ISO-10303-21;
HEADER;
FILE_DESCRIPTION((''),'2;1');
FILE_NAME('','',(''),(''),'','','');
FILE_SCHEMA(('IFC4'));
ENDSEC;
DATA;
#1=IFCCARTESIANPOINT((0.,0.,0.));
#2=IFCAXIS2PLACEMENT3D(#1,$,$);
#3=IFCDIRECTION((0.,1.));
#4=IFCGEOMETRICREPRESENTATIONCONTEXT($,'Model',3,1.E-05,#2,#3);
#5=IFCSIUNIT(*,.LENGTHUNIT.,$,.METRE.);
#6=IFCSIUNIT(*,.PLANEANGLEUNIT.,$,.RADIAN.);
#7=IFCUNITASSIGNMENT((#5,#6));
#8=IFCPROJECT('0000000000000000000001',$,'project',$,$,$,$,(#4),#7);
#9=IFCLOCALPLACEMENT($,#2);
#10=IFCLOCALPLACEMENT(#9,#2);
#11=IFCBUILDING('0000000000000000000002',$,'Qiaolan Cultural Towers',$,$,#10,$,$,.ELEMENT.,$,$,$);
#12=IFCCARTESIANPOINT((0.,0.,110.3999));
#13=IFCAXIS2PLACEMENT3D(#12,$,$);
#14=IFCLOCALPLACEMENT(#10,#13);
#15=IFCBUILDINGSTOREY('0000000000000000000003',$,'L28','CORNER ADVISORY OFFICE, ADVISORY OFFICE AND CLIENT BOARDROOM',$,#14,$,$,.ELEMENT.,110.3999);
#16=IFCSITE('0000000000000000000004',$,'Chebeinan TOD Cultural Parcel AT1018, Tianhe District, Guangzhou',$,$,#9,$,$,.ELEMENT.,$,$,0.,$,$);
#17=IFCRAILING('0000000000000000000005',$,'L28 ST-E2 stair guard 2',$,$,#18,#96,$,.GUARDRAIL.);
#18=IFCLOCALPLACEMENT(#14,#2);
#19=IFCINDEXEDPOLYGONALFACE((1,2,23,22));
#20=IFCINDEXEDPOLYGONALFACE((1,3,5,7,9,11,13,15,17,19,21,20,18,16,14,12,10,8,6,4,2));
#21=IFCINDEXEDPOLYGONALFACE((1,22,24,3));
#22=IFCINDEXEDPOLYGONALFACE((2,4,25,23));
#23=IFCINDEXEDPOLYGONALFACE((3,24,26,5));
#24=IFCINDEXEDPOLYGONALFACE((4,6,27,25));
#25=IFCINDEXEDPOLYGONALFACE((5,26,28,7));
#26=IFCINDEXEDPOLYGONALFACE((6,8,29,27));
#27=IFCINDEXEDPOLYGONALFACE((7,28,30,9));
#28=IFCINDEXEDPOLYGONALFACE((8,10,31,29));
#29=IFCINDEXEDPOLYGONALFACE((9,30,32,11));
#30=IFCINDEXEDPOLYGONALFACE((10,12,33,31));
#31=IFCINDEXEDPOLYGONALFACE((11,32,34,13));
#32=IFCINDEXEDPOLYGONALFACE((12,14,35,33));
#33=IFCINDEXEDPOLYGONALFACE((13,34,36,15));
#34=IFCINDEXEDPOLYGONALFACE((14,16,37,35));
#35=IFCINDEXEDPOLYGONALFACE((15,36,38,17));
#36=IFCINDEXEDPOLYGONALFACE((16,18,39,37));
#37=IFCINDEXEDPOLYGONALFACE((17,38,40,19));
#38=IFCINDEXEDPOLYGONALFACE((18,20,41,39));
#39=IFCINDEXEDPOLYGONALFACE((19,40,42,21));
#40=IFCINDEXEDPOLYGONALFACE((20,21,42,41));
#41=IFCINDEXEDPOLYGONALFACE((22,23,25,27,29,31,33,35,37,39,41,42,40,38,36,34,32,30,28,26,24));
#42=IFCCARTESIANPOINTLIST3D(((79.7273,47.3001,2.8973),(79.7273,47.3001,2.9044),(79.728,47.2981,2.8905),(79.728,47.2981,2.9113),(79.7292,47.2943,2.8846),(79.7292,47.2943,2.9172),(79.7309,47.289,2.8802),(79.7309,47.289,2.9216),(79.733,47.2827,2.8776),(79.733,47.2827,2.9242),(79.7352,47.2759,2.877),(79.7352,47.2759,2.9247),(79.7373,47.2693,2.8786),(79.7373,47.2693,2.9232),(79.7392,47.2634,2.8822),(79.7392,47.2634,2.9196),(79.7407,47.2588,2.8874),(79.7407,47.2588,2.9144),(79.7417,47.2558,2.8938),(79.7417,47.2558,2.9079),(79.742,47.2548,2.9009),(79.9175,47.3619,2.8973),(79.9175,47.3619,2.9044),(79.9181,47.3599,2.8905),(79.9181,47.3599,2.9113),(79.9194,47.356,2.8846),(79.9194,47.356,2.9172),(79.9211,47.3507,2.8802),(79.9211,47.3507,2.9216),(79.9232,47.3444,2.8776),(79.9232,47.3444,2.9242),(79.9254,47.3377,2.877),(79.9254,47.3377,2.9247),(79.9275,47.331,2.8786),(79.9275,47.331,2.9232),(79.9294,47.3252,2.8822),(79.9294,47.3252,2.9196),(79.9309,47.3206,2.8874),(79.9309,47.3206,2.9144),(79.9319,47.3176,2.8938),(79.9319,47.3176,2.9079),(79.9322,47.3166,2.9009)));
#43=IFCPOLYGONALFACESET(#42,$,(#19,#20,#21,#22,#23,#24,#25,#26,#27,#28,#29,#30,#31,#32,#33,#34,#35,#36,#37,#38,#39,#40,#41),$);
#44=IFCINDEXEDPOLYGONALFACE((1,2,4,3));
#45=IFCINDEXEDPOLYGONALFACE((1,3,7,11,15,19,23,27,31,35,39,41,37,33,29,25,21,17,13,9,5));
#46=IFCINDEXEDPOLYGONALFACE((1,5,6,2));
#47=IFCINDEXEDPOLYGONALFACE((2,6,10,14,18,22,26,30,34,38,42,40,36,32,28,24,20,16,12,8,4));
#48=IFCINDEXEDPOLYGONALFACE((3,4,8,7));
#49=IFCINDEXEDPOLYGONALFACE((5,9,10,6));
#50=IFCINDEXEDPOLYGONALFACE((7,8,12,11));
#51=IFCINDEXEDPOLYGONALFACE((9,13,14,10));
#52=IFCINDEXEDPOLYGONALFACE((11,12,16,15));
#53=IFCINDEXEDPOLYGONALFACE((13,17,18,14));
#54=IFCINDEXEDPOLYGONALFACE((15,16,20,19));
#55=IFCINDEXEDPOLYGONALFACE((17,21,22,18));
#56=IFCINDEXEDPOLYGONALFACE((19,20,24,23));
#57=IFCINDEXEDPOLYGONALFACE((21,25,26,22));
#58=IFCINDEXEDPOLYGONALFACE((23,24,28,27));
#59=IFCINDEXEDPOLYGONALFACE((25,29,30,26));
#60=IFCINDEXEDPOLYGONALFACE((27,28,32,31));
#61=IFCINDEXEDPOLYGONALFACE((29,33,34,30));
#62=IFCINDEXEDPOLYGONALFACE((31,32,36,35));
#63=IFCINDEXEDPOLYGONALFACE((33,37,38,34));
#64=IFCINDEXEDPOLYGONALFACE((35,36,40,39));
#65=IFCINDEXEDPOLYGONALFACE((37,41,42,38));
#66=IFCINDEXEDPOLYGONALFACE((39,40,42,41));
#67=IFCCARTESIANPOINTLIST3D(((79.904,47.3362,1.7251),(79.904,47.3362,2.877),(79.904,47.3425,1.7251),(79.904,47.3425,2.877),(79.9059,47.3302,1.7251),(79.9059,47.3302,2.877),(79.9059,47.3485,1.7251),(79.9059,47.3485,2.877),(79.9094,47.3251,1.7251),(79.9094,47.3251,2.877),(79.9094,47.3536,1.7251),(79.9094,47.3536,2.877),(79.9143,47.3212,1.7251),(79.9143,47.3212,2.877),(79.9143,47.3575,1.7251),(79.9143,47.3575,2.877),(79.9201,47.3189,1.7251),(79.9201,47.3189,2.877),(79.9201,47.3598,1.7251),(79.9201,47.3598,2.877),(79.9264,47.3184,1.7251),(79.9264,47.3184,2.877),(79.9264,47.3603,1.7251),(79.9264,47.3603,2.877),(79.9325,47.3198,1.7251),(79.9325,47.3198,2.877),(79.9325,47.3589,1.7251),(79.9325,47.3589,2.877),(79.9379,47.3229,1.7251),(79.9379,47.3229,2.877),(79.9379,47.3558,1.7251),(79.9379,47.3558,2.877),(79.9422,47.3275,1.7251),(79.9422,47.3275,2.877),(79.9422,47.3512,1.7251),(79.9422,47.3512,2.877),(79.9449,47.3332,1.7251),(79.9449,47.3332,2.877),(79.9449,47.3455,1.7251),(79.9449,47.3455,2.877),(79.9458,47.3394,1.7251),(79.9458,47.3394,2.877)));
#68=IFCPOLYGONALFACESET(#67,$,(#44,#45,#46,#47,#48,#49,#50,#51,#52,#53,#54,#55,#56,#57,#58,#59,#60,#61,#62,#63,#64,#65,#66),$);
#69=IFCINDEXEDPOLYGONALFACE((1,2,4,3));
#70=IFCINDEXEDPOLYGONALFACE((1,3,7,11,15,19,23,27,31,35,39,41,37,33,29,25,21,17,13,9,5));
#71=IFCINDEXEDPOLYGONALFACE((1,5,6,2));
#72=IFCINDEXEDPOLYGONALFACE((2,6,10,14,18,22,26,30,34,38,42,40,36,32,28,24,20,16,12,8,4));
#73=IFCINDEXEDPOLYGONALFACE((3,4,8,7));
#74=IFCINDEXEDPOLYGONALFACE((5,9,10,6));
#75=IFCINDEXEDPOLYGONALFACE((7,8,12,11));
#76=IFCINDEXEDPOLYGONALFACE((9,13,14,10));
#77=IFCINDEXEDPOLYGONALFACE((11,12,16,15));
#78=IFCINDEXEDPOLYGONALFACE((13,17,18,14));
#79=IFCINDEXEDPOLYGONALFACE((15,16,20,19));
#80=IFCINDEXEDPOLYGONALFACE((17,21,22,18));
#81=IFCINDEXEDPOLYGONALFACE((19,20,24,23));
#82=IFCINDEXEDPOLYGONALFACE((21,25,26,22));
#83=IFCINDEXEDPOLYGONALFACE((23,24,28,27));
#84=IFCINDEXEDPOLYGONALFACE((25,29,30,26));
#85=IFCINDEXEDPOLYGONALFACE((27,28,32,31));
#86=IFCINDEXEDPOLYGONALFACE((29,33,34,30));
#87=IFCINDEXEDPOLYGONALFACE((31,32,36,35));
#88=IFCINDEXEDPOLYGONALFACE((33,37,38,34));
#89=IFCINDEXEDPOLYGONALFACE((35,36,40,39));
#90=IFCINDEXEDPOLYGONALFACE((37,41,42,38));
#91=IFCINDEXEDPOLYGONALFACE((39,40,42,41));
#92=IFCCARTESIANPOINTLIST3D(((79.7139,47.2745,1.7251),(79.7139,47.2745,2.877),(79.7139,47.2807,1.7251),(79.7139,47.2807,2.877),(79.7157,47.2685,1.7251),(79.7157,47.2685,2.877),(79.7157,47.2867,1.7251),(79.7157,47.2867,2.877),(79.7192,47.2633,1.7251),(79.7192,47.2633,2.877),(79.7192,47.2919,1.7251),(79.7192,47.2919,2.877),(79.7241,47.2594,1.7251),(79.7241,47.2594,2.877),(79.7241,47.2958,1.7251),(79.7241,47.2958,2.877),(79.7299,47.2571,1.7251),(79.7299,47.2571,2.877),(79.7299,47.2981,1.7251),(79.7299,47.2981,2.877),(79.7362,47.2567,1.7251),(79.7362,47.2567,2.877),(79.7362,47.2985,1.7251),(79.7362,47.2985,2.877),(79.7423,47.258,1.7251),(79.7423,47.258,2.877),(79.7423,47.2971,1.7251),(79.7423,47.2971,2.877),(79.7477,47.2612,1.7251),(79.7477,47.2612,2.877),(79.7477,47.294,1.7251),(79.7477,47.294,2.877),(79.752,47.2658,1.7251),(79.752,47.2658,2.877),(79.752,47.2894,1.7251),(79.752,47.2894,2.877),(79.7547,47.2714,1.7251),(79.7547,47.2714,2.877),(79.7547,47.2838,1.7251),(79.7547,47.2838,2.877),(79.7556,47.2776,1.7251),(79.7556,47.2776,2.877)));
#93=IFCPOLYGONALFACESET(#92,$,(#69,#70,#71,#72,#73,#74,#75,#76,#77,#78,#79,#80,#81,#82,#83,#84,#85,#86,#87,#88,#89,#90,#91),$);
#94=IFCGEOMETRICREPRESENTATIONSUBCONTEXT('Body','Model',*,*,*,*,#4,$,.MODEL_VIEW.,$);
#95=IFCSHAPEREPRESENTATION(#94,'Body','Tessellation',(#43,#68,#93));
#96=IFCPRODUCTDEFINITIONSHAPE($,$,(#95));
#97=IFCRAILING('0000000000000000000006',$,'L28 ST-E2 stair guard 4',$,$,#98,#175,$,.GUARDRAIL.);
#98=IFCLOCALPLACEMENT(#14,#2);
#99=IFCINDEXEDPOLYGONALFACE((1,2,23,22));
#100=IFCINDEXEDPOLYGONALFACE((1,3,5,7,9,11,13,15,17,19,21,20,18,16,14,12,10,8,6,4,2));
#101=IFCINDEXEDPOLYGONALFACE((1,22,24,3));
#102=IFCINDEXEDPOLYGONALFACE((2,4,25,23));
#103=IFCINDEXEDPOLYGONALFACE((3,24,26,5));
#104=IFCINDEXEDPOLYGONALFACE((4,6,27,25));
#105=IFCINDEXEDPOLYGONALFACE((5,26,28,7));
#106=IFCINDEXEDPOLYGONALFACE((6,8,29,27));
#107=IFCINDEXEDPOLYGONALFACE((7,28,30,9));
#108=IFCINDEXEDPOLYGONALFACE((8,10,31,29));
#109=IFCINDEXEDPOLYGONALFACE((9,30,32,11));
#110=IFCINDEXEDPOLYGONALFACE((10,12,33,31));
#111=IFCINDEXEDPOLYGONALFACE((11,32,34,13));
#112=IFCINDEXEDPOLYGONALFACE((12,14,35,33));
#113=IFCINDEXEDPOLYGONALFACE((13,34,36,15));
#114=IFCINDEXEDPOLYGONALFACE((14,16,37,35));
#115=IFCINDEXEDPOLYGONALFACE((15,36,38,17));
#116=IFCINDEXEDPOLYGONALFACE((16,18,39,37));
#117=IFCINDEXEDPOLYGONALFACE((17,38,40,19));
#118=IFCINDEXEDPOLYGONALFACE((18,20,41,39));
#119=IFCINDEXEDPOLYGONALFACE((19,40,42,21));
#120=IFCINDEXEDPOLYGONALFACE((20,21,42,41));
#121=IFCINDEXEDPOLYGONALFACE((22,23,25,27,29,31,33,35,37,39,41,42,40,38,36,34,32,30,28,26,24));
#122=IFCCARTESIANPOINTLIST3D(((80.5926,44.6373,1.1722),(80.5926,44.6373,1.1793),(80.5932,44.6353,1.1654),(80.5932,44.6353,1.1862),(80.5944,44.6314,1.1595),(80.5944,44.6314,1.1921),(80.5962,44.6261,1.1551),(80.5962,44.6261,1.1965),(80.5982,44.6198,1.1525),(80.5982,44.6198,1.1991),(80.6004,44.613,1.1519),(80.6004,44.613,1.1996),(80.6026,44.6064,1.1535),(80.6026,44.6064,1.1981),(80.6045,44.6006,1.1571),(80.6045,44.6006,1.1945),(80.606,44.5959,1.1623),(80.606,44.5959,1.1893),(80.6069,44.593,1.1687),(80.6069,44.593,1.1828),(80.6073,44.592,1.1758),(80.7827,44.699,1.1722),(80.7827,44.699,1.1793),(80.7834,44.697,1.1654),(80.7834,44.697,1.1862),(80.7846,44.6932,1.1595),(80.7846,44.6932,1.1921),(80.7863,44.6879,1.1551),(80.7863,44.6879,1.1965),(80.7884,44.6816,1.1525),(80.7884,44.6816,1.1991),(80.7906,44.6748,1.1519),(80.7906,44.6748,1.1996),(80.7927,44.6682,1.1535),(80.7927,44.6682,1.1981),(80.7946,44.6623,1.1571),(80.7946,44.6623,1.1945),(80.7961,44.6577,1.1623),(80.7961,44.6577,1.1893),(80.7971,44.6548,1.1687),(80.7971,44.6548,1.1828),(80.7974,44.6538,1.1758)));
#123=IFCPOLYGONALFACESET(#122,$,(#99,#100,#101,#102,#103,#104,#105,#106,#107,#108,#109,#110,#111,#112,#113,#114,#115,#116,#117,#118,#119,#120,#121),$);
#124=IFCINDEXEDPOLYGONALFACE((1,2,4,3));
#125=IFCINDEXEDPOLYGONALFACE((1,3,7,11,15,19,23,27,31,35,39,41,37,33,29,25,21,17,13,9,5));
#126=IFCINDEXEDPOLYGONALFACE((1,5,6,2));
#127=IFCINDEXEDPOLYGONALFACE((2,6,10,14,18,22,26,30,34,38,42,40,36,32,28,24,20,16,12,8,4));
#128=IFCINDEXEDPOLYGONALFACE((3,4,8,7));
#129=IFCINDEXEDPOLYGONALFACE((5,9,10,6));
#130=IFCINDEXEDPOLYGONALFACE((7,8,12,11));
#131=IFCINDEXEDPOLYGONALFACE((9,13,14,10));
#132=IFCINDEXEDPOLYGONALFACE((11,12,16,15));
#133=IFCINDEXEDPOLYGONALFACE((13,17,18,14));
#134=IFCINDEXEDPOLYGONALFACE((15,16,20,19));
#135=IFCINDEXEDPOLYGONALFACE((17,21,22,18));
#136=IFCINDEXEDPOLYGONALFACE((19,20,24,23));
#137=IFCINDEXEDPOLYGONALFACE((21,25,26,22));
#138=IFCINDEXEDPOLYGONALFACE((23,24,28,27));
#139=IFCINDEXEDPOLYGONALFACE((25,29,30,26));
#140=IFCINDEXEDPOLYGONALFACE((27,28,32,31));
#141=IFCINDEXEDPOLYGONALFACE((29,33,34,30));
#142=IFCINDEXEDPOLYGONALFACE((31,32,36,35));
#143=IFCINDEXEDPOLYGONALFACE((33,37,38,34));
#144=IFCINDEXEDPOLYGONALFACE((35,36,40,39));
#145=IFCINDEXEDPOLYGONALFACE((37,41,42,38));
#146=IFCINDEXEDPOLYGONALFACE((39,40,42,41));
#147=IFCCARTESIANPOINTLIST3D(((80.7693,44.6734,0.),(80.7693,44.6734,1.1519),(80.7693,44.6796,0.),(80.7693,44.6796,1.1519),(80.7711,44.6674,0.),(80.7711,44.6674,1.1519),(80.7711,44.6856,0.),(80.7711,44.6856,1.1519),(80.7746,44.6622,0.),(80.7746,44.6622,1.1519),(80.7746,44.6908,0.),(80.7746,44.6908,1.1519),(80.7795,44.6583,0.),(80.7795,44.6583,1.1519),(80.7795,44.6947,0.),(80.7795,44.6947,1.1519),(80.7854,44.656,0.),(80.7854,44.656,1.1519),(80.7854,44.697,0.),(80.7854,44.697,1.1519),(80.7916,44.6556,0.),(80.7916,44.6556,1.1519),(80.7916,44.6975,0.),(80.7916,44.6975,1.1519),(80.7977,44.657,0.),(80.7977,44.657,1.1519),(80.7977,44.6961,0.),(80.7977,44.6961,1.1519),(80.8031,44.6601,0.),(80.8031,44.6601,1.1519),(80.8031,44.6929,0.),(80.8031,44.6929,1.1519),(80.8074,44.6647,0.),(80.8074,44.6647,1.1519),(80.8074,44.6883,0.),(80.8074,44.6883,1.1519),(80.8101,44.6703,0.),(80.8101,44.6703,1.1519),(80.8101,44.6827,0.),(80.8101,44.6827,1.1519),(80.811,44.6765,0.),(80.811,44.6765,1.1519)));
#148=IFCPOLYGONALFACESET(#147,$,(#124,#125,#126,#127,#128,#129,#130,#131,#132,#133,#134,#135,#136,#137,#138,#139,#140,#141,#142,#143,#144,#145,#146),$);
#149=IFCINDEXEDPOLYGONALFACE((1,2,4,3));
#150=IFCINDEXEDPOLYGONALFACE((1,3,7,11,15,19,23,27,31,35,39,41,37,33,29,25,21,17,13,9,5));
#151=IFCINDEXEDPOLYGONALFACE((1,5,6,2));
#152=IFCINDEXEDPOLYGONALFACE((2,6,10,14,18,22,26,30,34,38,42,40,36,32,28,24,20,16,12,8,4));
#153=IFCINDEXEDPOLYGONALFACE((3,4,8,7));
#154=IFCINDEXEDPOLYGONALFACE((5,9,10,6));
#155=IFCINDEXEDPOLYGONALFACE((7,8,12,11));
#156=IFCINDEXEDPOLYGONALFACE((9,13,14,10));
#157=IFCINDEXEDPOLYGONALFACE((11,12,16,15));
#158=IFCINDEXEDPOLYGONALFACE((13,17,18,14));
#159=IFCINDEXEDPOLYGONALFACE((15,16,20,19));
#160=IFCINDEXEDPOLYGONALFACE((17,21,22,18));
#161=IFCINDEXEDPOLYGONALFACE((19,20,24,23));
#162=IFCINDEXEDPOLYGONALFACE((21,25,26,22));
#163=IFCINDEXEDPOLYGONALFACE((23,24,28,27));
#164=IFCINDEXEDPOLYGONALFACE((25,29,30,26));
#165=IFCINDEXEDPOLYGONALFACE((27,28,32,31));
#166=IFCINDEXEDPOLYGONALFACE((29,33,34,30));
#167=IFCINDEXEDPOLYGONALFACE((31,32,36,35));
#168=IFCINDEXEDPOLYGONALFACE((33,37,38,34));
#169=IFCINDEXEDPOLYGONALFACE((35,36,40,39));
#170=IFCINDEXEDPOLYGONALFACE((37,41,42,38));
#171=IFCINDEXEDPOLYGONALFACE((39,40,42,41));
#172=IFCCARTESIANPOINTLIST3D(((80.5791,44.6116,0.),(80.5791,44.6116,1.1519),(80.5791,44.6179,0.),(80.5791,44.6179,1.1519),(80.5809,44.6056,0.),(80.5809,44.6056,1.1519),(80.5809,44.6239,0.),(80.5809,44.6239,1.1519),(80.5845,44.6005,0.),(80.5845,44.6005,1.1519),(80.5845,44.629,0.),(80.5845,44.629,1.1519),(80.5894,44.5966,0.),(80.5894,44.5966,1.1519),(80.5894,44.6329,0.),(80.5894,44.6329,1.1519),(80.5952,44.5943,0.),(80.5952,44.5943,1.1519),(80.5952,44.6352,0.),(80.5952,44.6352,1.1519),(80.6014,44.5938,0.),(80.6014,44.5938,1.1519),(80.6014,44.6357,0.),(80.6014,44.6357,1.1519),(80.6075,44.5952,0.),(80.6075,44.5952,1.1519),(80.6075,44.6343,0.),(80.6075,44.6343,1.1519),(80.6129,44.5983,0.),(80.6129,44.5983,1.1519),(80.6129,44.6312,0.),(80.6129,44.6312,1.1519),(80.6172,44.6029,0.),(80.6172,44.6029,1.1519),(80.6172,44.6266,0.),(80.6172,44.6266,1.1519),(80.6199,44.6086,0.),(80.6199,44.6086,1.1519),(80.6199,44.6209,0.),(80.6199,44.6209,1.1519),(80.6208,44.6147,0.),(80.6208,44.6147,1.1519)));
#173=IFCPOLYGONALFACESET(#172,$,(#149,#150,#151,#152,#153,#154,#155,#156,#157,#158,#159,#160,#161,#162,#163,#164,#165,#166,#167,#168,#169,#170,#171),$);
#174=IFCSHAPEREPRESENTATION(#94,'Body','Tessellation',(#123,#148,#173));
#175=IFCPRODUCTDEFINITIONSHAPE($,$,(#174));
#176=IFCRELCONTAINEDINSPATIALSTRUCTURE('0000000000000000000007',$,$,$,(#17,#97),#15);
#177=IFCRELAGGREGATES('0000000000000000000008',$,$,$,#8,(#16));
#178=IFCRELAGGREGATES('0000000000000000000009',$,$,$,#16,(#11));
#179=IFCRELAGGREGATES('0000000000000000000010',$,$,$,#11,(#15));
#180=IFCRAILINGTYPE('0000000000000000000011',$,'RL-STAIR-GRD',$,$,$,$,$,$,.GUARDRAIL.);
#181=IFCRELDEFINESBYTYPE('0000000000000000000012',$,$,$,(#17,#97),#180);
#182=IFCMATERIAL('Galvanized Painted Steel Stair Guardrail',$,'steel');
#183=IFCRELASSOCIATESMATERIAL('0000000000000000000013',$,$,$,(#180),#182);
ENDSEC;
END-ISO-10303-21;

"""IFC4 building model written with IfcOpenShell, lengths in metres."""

from ifc_helpers import new_model, si_unit, direction, frame, origin, origin_2d, place, context, subcontext, project, spatial, circle, extrude, material, type_object, element, save


model = new_model("IFC4")

# Units and contexts
model_context = context("Model", 3, precision=1e-05, world=origin(), true_north=direction((0.0, 1.0)))
body_context = subcontext(model_context, "Body", "Model", "MODEL_VIEW")
ifc_project = project(units=[si_unit("LENGTHUNIT", "METRE"), si_unit("PLANEANGLEUNIT", "RADIAN")], contexts=[model_context])

# Site, building, storey
site_placement = place(None, origin())
site = spatial("IfcSite", under=ifc_project, at=site_placement, Name="Chebeinan TOD Cultural Parcel AT1018, Tianhe District, Guangzhou", CompositionType="ELEMENT", RefElevation=0.0)
building_placement = place(site_placement, origin())
building = spatial("IfcBuilding", under=site, at=building_placement, Name="Qiaolan Cultural Towers", CompositionType="ELEMENT")
storey_placement = place(building_placement, frame((0.0, 0.0, 110.3999)))
storey = spatial("IfcBuildingStorey", under=building, at=storey_placement, Name="L28", Description="CORNER ADVISORY OFFICE, ADVISORY OFFICE AND CLIENT BOARDROOM", CompositionType="ELEMENT", Elevation=110.3999)

# Railings
ifc_material_1 = material(Name="Galvanized Painted Steel Stair Guardrail", Category="steel")
railing_type_1 = type_object("IfcRailingType", Name="RL-STAIR-GRD", PredefinedType="GUARDRAIL", material=ifc_material_1)
for number, where, name in (
    (1, (79.9248, 47.3394, 1.7251), "L28 ST-E2 stair guard 2"),
    (2, (80.79, 44.6765, 0.0), "L28 ST-E2 stair guard 4"),
):
    element("IfcRailing", number, at=place(storey_placement, frame(where)), inside=storey, type_object=railing_type_1, Name=name, PredefinedType="GUARDRAIL", context=body_context, shape_type="SweptSolid", body=[
        extrude(circle(Radius=0.0239, at=origin_2d()), frame((0.0, 0.0, 1.1758), z_axis=(-0.951097, -0.308893, 0.0), x_axis=(0.308893, -0.951097, 0.0)), (0.0, 0.0, 1.0), 0.2),
        extrude(circle(Radius=0.021, at=origin_2d()), origin(), (0.0, 0.0, 1.0), 1.1519),
        extrude(circle(Radius=0.021, at=origin_2d()), frame((-0.1902, -0.0618, 0.0)), (0.0, 0.0, 1.0), 1.1519),
    ])

save(model, "model.ifc")
